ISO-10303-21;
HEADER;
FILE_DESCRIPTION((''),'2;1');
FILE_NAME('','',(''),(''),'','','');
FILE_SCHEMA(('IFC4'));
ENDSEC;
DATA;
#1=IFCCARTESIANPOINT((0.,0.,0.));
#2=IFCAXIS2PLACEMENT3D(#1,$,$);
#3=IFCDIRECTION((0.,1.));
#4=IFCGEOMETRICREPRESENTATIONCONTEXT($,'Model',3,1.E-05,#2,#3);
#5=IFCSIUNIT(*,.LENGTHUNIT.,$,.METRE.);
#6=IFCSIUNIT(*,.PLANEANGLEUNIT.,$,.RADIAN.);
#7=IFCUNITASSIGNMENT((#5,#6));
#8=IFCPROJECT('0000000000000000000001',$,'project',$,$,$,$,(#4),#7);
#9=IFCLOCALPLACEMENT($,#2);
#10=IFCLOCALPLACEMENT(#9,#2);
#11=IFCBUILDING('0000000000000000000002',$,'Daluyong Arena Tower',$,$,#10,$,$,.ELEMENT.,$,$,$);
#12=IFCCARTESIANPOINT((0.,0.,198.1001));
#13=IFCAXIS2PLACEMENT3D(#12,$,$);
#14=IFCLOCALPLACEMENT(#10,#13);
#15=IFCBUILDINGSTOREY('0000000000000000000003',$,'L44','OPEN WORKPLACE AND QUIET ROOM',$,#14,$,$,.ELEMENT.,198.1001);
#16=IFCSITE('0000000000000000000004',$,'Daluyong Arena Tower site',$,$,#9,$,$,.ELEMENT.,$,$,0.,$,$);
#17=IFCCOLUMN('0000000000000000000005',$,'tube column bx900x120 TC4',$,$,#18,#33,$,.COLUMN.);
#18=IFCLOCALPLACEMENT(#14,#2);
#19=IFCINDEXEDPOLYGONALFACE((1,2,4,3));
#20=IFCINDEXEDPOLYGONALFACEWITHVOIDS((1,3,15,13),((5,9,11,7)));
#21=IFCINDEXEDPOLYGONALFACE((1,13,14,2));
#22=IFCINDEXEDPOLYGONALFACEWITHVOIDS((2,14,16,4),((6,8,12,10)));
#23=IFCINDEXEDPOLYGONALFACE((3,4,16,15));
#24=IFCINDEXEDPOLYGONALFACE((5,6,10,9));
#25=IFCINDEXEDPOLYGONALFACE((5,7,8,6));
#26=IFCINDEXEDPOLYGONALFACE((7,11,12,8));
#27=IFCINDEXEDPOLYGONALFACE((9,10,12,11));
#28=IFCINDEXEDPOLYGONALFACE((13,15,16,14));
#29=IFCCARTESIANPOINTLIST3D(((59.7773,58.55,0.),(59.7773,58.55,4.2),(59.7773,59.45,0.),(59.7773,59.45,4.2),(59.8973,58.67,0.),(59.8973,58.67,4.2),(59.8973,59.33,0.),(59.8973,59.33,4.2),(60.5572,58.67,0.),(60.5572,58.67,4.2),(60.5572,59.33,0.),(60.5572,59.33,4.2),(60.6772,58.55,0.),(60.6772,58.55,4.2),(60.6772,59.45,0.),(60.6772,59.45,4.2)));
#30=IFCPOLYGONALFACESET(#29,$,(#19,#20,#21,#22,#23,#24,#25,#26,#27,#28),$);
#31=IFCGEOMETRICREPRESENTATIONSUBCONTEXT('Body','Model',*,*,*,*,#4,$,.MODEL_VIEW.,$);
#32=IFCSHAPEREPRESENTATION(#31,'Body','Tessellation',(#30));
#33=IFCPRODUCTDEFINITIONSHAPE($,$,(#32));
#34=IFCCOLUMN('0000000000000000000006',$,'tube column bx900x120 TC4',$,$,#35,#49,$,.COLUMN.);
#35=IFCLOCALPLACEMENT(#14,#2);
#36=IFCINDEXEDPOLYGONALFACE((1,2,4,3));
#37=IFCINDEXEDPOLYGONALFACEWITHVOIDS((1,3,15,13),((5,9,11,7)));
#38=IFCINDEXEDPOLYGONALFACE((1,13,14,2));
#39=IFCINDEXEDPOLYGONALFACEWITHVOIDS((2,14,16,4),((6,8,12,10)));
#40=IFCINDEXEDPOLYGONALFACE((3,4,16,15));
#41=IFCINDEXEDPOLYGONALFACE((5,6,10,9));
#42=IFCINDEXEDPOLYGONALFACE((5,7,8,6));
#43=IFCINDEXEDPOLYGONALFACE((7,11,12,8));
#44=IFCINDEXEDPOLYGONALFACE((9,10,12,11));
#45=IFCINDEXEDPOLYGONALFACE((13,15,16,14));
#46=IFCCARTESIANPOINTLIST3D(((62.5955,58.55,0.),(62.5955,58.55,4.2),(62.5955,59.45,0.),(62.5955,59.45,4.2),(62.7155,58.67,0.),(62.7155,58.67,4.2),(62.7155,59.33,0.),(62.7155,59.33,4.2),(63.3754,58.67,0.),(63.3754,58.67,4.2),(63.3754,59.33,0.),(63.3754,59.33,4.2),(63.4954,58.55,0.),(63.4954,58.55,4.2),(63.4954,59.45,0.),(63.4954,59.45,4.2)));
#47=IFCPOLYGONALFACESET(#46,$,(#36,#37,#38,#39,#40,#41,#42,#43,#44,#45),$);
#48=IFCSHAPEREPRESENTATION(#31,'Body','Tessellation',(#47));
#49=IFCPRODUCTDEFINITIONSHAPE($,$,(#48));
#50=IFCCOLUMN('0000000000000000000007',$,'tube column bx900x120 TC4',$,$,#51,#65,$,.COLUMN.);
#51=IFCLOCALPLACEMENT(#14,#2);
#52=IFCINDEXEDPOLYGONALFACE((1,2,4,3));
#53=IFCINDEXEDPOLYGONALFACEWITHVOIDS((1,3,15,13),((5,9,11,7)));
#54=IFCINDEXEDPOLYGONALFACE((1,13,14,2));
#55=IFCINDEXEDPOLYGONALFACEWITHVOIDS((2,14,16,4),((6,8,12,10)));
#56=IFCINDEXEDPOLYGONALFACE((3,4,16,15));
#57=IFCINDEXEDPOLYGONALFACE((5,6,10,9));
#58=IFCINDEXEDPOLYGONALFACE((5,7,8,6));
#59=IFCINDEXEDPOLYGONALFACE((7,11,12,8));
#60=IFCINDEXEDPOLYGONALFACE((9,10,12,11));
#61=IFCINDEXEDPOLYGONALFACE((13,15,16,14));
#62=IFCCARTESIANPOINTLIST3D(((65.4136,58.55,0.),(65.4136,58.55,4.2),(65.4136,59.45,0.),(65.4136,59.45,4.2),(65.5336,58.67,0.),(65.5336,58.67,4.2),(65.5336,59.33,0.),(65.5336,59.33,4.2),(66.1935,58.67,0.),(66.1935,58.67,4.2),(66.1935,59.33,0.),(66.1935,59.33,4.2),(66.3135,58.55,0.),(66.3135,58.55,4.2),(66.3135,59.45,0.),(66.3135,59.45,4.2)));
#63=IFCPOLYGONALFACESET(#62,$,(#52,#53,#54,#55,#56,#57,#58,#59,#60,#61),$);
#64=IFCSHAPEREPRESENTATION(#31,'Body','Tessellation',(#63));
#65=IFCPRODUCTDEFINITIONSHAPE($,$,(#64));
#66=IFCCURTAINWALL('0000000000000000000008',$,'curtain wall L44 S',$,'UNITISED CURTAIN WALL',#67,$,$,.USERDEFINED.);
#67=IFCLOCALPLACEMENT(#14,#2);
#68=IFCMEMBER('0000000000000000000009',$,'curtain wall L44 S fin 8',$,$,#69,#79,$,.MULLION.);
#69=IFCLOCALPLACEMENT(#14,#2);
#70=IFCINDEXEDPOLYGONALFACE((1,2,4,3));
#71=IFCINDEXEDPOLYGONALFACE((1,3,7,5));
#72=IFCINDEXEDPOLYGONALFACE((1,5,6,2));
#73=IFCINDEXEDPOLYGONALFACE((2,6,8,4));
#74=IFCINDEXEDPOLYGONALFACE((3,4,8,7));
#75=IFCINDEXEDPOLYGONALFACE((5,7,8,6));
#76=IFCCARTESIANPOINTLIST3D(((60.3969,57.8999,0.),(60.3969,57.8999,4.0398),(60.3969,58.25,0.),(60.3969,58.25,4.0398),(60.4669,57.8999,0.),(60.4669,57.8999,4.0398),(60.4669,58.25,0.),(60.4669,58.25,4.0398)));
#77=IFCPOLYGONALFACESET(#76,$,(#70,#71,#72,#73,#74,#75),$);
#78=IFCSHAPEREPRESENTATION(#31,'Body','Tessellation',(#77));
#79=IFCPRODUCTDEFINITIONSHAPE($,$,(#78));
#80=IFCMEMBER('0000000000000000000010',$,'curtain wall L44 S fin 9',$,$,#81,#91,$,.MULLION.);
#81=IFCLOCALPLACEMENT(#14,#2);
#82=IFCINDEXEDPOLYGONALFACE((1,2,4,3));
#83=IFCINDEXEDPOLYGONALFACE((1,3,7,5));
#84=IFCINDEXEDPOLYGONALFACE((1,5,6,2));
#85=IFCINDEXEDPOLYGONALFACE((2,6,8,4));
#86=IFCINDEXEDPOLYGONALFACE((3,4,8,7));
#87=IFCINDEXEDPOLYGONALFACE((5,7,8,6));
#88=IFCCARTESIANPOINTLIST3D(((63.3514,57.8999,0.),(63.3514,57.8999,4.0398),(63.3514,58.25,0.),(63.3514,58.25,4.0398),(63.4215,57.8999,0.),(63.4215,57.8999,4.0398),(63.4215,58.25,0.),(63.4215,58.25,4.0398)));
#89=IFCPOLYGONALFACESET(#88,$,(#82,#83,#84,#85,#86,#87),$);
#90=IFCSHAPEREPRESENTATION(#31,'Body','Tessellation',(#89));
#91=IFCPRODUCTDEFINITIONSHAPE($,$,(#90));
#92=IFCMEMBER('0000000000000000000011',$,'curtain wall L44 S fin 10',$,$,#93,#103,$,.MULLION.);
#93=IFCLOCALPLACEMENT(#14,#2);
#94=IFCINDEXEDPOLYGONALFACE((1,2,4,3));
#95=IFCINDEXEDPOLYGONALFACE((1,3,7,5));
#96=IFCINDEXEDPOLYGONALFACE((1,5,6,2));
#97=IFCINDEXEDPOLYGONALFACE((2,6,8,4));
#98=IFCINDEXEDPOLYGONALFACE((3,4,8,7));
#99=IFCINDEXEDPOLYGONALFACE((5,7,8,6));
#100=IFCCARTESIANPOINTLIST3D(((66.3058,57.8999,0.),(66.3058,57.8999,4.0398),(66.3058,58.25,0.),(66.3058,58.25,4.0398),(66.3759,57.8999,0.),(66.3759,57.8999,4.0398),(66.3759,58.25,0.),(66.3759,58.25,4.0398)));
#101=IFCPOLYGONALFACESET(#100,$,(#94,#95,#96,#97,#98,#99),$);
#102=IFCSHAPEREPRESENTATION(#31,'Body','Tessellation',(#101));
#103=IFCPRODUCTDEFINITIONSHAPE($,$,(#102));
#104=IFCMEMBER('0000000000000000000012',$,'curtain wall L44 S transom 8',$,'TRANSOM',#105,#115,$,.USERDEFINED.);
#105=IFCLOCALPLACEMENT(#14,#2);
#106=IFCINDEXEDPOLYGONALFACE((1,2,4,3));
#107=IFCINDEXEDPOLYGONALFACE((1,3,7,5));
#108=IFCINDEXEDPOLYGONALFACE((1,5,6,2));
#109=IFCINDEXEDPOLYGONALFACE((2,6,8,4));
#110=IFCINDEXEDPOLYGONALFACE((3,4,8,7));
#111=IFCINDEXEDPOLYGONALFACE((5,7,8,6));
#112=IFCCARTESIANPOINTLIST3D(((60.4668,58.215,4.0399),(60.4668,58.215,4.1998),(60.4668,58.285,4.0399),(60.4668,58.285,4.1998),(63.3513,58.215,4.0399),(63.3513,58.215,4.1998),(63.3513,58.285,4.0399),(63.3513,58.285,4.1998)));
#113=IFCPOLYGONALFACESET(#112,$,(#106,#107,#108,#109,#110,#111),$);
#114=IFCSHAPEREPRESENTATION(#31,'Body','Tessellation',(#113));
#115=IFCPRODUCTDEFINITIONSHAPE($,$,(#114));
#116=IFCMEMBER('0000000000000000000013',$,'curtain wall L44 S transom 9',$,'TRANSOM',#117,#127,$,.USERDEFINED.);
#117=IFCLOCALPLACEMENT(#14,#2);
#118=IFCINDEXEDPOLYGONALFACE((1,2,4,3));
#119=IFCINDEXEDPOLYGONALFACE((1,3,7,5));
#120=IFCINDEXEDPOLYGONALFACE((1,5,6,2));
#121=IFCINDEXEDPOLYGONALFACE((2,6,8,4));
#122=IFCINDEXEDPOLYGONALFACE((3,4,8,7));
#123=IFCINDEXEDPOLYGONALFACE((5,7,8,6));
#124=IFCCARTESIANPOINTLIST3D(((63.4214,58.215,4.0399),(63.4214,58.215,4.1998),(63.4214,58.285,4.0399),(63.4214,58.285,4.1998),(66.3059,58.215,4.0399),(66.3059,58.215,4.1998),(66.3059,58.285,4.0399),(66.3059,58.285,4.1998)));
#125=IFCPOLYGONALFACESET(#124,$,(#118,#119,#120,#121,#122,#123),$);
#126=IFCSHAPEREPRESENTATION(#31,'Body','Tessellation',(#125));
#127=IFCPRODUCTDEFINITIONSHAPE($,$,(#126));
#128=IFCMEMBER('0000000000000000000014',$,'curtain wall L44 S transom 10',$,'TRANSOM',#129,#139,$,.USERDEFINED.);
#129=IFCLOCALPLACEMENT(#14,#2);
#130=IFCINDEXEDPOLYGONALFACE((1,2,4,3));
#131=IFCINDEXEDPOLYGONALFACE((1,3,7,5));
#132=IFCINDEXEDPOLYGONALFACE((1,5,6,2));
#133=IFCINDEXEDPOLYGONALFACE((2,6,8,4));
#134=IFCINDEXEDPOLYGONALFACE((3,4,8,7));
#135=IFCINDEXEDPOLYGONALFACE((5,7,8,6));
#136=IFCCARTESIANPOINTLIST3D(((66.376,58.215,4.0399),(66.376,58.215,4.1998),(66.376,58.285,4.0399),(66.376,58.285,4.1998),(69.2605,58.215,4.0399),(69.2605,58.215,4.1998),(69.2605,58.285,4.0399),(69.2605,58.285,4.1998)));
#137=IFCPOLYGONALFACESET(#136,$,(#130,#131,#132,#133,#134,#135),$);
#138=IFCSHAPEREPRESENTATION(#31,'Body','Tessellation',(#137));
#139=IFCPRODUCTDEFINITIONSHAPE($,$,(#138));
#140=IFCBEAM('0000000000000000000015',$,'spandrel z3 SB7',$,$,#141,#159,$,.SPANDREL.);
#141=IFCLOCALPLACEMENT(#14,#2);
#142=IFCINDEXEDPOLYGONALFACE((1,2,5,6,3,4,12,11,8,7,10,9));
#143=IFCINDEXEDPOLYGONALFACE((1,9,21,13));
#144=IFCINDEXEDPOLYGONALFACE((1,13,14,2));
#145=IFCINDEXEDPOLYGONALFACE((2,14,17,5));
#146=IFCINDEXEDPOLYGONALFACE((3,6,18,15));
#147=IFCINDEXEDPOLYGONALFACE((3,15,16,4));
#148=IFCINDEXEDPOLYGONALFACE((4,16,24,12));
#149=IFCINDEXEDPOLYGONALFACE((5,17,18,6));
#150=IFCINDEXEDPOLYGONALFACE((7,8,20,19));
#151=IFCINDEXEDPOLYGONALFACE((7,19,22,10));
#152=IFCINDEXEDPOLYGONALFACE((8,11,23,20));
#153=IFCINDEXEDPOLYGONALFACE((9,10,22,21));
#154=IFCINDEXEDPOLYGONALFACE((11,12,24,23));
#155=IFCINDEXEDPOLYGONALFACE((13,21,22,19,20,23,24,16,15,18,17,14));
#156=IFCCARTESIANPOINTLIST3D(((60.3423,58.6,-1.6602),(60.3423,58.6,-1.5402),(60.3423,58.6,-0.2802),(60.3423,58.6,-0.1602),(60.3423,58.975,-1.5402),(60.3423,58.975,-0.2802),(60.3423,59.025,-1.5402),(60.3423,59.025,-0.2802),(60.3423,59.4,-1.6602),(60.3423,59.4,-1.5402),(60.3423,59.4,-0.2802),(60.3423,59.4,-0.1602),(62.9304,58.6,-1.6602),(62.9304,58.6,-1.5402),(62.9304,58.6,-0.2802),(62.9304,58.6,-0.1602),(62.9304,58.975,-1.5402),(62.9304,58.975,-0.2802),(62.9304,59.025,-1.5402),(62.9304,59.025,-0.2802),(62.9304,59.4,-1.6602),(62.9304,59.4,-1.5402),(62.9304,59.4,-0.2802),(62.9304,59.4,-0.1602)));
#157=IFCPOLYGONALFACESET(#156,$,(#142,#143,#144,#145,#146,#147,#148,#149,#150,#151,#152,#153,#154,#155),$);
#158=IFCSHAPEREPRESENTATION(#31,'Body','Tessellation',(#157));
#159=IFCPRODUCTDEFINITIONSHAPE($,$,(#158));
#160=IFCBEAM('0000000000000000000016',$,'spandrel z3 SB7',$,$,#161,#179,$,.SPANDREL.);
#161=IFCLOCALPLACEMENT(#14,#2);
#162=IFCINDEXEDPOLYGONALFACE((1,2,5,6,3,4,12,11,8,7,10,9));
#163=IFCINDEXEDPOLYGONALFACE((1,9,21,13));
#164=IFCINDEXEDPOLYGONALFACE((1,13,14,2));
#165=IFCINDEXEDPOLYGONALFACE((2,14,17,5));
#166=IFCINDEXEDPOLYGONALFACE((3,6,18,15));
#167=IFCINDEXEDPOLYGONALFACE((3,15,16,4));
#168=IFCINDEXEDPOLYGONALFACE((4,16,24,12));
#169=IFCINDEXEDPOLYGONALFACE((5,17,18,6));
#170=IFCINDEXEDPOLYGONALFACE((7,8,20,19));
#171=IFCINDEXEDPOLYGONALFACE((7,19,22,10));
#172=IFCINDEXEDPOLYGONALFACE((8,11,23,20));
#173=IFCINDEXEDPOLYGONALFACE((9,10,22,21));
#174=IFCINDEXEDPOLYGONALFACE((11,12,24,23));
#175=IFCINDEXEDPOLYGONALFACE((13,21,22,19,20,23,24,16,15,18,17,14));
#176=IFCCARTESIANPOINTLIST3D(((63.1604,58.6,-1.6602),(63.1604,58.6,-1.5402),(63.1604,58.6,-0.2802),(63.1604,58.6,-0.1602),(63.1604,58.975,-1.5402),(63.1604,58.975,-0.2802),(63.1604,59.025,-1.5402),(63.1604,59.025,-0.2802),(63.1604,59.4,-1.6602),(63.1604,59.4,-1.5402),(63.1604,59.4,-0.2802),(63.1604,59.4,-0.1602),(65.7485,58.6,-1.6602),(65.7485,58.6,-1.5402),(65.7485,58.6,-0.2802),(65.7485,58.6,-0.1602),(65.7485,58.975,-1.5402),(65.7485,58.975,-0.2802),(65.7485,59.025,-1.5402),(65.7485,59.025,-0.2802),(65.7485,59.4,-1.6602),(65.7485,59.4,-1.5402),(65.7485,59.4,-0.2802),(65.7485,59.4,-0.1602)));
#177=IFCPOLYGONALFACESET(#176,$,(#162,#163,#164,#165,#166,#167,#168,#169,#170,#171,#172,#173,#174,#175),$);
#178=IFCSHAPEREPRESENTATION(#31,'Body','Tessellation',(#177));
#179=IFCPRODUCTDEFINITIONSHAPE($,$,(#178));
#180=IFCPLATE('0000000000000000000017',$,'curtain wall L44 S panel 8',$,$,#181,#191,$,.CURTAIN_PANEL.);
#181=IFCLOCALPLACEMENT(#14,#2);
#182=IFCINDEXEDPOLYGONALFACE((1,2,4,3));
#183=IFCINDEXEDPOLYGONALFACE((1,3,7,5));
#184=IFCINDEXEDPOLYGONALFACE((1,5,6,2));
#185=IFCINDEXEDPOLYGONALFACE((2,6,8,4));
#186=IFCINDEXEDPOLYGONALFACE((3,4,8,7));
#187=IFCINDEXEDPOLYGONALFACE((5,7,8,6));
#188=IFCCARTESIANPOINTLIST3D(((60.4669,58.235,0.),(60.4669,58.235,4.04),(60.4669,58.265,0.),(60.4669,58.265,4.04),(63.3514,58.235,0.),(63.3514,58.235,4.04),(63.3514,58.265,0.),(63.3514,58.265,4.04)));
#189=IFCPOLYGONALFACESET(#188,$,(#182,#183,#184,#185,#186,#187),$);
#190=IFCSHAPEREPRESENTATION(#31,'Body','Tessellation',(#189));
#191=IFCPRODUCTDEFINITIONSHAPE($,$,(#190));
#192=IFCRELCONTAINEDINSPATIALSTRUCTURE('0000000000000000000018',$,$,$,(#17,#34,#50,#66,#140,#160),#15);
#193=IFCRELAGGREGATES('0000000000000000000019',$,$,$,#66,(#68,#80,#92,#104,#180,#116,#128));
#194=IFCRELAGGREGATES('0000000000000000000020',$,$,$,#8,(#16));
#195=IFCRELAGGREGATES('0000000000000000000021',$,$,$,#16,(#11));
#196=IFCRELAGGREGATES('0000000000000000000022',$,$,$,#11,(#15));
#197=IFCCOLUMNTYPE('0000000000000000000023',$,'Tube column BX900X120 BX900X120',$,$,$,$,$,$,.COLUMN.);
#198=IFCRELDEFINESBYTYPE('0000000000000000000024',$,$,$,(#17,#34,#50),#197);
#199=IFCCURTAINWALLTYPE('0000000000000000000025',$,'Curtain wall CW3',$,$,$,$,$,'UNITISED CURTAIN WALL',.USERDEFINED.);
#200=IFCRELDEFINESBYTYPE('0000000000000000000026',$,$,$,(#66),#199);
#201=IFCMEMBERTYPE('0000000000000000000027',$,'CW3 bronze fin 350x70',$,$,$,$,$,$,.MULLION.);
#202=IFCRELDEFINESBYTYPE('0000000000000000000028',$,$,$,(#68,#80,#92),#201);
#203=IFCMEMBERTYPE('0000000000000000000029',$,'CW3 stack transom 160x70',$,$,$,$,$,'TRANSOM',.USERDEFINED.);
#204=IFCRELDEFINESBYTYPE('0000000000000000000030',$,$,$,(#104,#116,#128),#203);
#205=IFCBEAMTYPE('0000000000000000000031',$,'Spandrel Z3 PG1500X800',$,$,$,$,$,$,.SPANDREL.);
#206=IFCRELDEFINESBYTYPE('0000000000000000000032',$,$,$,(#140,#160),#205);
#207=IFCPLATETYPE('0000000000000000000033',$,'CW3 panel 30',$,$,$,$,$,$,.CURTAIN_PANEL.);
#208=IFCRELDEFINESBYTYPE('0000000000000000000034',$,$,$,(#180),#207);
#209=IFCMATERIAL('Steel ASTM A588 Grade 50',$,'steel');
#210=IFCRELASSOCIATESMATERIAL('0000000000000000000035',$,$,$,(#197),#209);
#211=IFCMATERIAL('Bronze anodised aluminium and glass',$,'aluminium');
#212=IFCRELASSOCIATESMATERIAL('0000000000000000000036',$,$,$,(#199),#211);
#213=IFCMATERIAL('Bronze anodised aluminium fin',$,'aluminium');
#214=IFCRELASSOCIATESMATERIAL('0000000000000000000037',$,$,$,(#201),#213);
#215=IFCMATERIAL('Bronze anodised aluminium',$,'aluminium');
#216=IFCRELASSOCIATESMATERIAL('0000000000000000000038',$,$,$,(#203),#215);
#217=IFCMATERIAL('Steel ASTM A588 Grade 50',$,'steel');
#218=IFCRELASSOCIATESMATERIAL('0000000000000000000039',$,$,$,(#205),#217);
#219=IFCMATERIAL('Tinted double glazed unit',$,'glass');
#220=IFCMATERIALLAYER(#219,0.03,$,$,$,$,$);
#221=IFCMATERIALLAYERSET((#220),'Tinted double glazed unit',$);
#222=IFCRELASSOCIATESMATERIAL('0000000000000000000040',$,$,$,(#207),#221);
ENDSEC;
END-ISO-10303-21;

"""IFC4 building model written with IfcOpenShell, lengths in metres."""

from ifc_helpers import new_model, si_unit, direction, frame, origin, origin_2d, place, context, subcontext, project, spatial, rectangle, hollow_rectangle, i_section, extrude, material, layer, layer_set, material_profile, profile_set, type_object, element, aggregate, save


model = new_model("IFC4")

# Units and contexts
model_context = context("Model", 3, precision=1e-05, world=origin(), true_north=direction((0.0, 1.0)))
body_context = subcontext(model_context, "Body", "Model", "MODEL_VIEW")
ifc_project = project(units=[si_unit("LENGTHUNIT", "METRE"), si_unit("PLANEANGLEUNIT", "RADIAN")], contexts=[model_context])

# Site, building, storey
site_placement = place(None, origin())
site = spatial("IfcSite", under=ifc_project, at=site_placement, Name="Daluyong Arena Tower site", CompositionType="ELEMENT", RefElevation=0.0)
building_placement = place(site_placement, origin())
building = spatial("IfcBuilding", under=site, at=building_placement, Name="Daluyong Arena Tower", CompositionType="ELEMENT")
storey_placement = place(building_placement, frame((0.0, 0.0, 198.1001)))
storey = spatial("IfcBuildingStorey", under=building, at=storey_placement, Name="L44", Description="OPEN WORKPLACE AND QUIET ROOM", CompositionType="ELEMENT", Elevation=198.1001)

# Columns
ifc_material_1 = material(Name="Steel ASTM A588 Grade 50", Category="steel")
ifc_material_profile_1 = material_profile(ifc_material_1, hollow_rectangle(XDim=0.8999, YDim=0.8999, WallThickness=0.12, at=origin_2d()))
ifc_profile_set_1 = profile_set([ifc_material_profile_1], Name="Steel ASTM A588 Grade 50")
column_type = type_object("IfcColumnType", Name="Tube column BX900X120 BX900X120", PredefinedType="COLUMN", material=ifc_profile_set_1)
for number, where, z_axis, x_axis, name in (
    (1, (60.2273, 59.0, 0.0), (0.0, 0.0, 1.0), (1.0, 0.0, 0.0), "tube column bx900x120 TC4"),
    (2, (63.0454, 59.0, 0.0), (0.0, 0.0, 1.0), (1.0, 0.0, 0.0), "tube column bx900x120 TC4"),
    (3, (65.8635, 59.0, 0.0), (0.0, 0.0, 1.0), (1.0, 0.0, 0.0), "tube column bx900x120 TC4"),
):
    element("IfcColumn", number, at=place(storey_placement, frame(where, z_axis=z_axis, x_axis=x_axis)), inside=storey, type_object=column_type, Name=name, PredefinedType="COLUMN", context=body_context, shape_type="SweptSolid", body=[
        extrude(hollow_rectangle(XDim=0.8999, YDim=0.8999, WallThickness=0.12, at=origin_2d()), origin(), (0.0, 0.0, 1.0), 4.2),
    ])

# Curtain wall, members
ifc_material_2 = material(Name="Bronze anodised aluminium and glass", Category="aluminium")
curtain_wall_type = type_object("IfcCurtainWallType", Name="Curtain wall CW3", ElementType="UNITISED CURTAIN WALL", PredefinedType="USERDEFINED", material=ifc_material_2)
curtain_wall_placement = place(storey_placement, origin())
curtain_wall = element("IfcCurtainWall", 4, at=curtain_wall_placement, inside=storey, type_object=curtain_wall_type, Name="curtain wall L44 S", ObjectType="UNITISED CURTAIN WALL", PredefinedType="USERDEFINED")
ifc_material_3 = material(Name="Bronze anodised aluminium fin", Category="aluminium")
ifc_material_profile_2 = material_profile(ifc_material_3, rectangle(XDim=0.3501, YDim=0.0701, at=origin_2d()))
ifc_profile_set_2 = profile_set([ifc_material_profile_2], Name="Bronze anodised aluminium fin")
member_type_1 = type_object("IfcMemberType", Name="CW3 bronze fin 350x70", PredefinedType="MULLION", material=ifc_profile_set_2)
member_1_placement = place(storey_placement, frame((60.4319, 58.075, 0.0), z_axis=(0.0, 0.0, 1.0), x_axis=(0.0, 1.0, 0.0)))
member_1 = element("IfcMember", 5, at=member_1_placement, type_object=member_type_1, Name="curtain wall L44 S fin 8", PredefinedType="MULLION", context=body_context, shape_type="SweptSolid", body=[
    extrude(rectangle(XDim=0.3501, YDim=0.0701, at=origin_2d()), origin(), (0.0, 0.0, 1.0), 4.0398),
])
member_2_placement = place(storey_placement, frame((63.3865, 58.075, 0.0), z_axis=(0.0, 0.0, 1.0), x_axis=(0.0, 1.0, 0.0)))
member_2 = element("IfcMember", 6, at=member_2_placement, type_object=member_type_1, Name="curtain wall L44 S fin 9", PredefinedType="MULLION", context=body_context, shape_type="SweptSolid", body=[
    extrude(rectangle(XDim=0.3501, YDim=0.0701, at=origin_2d()), origin(), (0.0, 0.0, 1.0), 4.0398),
])
member_3_placement = place(storey_placement, frame((66.3408, 58.075, 0.0), z_axis=(0.0, 0.0, 1.0), x_axis=(0.0, 1.0, 0.0)))
member_3 = element("IfcMember", 7, at=member_3_placement, type_object=member_type_1, Name="curtain wall L44 S fin 10", PredefinedType="MULLION", context=body_context, shape_type="SweptSolid", body=[
    extrude(rectangle(XDim=0.3501, YDim=0.0701, at=origin_2d()), origin(), (0.0, 0.0, 1.0), 4.0398),
])
ifc_material_4 = material(Name="Bronze anodised aluminium", Category="aluminium")
ifc_material_profile_3 = material_profile(ifc_material_4, rectangle(XDim=0.0701, YDim=0.1599, at=origin_2d()))
ifc_profile_set_3 = profile_set([ifc_material_profile_3], Name="Bronze anodised aluminium")
member_type_2 = type_object("IfcMemberType", Name="CW3 stack transom 160x70", ElementType="TRANSOM", PredefinedType="USERDEFINED", material=ifc_profile_set_3)
member_4_placement = place(storey_placement, frame((60.4668, 58.25, 4.1199), z_axis=(1.0, 0.0, 0.0), x_axis=(0.0, 1.0, 0.0)))
member_4 = element("IfcMember", 8, at=member_4_placement, type_object=member_type_2, Name="curtain wall L44 S transom 8", ObjectType="TRANSOM", PredefinedType="USERDEFINED", context=body_context, shape_type="SweptSolid", body=[
    extrude(rectangle(XDim=0.0701, YDim=0.1599, at=origin_2d()), origin(), (0.0, 0.0, 1.0), 2.8845),
])
member_5_placement = place(storey_placement, frame((63.4214, 58.25, 4.1199), z_axis=(1.0, 0.0, 0.0), x_axis=(0.0, 1.0, 0.0)))
member_5 = element("IfcMember", 9, at=member_5_placement, type_object=member_type_2, Name="curtain wall L44 S transom 9", ObjectType="TRANSOM", PredefinedType="USERDEFINED", context=body_context, shape_type="SweptSolid", body=[
    extrude(rectangle(XDim=0.0701, YDim=0.1599, at=origin_2d()), origin(), (0.0, 0.0, 1.0), 2.8845),
])
member_6_placement = place(storey_placement, frame((66.376, 58.25, 4.1199), z_axis=(1.0, 0.0, 0.0), x_axis=(0.0, 1.0, 0.0)))
member_6 = element("IfcMember", 10, at=member_6_placement, type_object=member_type_2, Name="curtain wall L44 S transom 10", ObjectType="TRANSOM", PredefinedType="USERDEFINED", context=body_context, shape_type="SweptSolid", body=[
    extrude(rectangle(XDim=0.0701, YDim=0.1599, at=origin_2d()), origin(), (0.0, 0.0, 1.0), 2.8845),
])

# Beams
ifc_material_5 = material(Name="Steel ASTM A588 Grade 50", Category="steel")
ifc_material_profile_4 = material_profile(ifc_material_5, i_section(OverallWidth=0.8, OverallDepth=1.5, WebThickness=0.05, FlangeThickness=0.12, at=origin_2d()))
ifc_profile_set_4 = profile_set([ifc_material_profile_4], Name="Steel ASTM A588 Grade 50")
beam_type = type_object("IfcBeamType", Name="Spandrel Z3 PG1500X800", PredefinedType="SPANDREL", material=ifc_profile_set_4)
for number, where, z_axis, x_axis, name in (
    (11, (60.3423, 59.0, -0.9102), (1.0, 0.0, 0.0), (0.0, 1.0, 0.0), "spandrel z3 SB7"),
    (12, (63.1604, 59.0, -0.9102), (1.0, 0.0, 0.0), (0.0, 1.0, 0.0), "spandrel z3 SB7"),
):
    element("IfcBeam", number, at=place(storey_placement, frame(where, z_axis=z_axis, x_axis=x_axis)), inside=storey, type_object=beam_type, Name=name, PredefinedType="SPANDREL", context=body_context, shape_type="SweptSolid", body=[
        extrude(i_section(OverallWidth=0.8, OverallDepth=1.5, WebThickness=0.05, FlangeThickness=0.12, at=origin_2d()), origin(), (0.0, 0.0, 1.0), 2.5881),
    ])

# Plate
ifc_material_6 = material(Name="Tinted double glazed unit", Category="glass")
ifc_layer = layer(ifc_material_6, 0.03)
ifc_layer_set = layer_set([ifc_layer], Name="Tinted double glazed unit")
plate_type = type_object("IfcPlateType", Name="CW3 panel 30", PredefinedType="CURTAIN_PANEL", material=ifc_layer_set)
plate_1_placement = place(storey_placement, frame((61.9092, 58.25, 0.0), z_axis=(0.0, 0.0, 1.0), x_axis=(1.0, 0.0, 0.0)))
plate_1 = element("IfcPlate", 13, at=plate_1_placement, type_object=plate_type, Name="curtain wall L44 S panel 8", PredefinedType="CURTAIN_PANEL", context=body_context, shape_type="SweptSolid", body=[
    extrude(rectangle(XDim=2.8845, YDim=0.03, at=origin_2d()), origin(), (0.0, 0.0, 1.0), 4.04),
])
aggregate(curtain_wall, [member_1, member_2, member_3, member_4, plate_1, member_5, member_6])

save(model, "model.ifc")
